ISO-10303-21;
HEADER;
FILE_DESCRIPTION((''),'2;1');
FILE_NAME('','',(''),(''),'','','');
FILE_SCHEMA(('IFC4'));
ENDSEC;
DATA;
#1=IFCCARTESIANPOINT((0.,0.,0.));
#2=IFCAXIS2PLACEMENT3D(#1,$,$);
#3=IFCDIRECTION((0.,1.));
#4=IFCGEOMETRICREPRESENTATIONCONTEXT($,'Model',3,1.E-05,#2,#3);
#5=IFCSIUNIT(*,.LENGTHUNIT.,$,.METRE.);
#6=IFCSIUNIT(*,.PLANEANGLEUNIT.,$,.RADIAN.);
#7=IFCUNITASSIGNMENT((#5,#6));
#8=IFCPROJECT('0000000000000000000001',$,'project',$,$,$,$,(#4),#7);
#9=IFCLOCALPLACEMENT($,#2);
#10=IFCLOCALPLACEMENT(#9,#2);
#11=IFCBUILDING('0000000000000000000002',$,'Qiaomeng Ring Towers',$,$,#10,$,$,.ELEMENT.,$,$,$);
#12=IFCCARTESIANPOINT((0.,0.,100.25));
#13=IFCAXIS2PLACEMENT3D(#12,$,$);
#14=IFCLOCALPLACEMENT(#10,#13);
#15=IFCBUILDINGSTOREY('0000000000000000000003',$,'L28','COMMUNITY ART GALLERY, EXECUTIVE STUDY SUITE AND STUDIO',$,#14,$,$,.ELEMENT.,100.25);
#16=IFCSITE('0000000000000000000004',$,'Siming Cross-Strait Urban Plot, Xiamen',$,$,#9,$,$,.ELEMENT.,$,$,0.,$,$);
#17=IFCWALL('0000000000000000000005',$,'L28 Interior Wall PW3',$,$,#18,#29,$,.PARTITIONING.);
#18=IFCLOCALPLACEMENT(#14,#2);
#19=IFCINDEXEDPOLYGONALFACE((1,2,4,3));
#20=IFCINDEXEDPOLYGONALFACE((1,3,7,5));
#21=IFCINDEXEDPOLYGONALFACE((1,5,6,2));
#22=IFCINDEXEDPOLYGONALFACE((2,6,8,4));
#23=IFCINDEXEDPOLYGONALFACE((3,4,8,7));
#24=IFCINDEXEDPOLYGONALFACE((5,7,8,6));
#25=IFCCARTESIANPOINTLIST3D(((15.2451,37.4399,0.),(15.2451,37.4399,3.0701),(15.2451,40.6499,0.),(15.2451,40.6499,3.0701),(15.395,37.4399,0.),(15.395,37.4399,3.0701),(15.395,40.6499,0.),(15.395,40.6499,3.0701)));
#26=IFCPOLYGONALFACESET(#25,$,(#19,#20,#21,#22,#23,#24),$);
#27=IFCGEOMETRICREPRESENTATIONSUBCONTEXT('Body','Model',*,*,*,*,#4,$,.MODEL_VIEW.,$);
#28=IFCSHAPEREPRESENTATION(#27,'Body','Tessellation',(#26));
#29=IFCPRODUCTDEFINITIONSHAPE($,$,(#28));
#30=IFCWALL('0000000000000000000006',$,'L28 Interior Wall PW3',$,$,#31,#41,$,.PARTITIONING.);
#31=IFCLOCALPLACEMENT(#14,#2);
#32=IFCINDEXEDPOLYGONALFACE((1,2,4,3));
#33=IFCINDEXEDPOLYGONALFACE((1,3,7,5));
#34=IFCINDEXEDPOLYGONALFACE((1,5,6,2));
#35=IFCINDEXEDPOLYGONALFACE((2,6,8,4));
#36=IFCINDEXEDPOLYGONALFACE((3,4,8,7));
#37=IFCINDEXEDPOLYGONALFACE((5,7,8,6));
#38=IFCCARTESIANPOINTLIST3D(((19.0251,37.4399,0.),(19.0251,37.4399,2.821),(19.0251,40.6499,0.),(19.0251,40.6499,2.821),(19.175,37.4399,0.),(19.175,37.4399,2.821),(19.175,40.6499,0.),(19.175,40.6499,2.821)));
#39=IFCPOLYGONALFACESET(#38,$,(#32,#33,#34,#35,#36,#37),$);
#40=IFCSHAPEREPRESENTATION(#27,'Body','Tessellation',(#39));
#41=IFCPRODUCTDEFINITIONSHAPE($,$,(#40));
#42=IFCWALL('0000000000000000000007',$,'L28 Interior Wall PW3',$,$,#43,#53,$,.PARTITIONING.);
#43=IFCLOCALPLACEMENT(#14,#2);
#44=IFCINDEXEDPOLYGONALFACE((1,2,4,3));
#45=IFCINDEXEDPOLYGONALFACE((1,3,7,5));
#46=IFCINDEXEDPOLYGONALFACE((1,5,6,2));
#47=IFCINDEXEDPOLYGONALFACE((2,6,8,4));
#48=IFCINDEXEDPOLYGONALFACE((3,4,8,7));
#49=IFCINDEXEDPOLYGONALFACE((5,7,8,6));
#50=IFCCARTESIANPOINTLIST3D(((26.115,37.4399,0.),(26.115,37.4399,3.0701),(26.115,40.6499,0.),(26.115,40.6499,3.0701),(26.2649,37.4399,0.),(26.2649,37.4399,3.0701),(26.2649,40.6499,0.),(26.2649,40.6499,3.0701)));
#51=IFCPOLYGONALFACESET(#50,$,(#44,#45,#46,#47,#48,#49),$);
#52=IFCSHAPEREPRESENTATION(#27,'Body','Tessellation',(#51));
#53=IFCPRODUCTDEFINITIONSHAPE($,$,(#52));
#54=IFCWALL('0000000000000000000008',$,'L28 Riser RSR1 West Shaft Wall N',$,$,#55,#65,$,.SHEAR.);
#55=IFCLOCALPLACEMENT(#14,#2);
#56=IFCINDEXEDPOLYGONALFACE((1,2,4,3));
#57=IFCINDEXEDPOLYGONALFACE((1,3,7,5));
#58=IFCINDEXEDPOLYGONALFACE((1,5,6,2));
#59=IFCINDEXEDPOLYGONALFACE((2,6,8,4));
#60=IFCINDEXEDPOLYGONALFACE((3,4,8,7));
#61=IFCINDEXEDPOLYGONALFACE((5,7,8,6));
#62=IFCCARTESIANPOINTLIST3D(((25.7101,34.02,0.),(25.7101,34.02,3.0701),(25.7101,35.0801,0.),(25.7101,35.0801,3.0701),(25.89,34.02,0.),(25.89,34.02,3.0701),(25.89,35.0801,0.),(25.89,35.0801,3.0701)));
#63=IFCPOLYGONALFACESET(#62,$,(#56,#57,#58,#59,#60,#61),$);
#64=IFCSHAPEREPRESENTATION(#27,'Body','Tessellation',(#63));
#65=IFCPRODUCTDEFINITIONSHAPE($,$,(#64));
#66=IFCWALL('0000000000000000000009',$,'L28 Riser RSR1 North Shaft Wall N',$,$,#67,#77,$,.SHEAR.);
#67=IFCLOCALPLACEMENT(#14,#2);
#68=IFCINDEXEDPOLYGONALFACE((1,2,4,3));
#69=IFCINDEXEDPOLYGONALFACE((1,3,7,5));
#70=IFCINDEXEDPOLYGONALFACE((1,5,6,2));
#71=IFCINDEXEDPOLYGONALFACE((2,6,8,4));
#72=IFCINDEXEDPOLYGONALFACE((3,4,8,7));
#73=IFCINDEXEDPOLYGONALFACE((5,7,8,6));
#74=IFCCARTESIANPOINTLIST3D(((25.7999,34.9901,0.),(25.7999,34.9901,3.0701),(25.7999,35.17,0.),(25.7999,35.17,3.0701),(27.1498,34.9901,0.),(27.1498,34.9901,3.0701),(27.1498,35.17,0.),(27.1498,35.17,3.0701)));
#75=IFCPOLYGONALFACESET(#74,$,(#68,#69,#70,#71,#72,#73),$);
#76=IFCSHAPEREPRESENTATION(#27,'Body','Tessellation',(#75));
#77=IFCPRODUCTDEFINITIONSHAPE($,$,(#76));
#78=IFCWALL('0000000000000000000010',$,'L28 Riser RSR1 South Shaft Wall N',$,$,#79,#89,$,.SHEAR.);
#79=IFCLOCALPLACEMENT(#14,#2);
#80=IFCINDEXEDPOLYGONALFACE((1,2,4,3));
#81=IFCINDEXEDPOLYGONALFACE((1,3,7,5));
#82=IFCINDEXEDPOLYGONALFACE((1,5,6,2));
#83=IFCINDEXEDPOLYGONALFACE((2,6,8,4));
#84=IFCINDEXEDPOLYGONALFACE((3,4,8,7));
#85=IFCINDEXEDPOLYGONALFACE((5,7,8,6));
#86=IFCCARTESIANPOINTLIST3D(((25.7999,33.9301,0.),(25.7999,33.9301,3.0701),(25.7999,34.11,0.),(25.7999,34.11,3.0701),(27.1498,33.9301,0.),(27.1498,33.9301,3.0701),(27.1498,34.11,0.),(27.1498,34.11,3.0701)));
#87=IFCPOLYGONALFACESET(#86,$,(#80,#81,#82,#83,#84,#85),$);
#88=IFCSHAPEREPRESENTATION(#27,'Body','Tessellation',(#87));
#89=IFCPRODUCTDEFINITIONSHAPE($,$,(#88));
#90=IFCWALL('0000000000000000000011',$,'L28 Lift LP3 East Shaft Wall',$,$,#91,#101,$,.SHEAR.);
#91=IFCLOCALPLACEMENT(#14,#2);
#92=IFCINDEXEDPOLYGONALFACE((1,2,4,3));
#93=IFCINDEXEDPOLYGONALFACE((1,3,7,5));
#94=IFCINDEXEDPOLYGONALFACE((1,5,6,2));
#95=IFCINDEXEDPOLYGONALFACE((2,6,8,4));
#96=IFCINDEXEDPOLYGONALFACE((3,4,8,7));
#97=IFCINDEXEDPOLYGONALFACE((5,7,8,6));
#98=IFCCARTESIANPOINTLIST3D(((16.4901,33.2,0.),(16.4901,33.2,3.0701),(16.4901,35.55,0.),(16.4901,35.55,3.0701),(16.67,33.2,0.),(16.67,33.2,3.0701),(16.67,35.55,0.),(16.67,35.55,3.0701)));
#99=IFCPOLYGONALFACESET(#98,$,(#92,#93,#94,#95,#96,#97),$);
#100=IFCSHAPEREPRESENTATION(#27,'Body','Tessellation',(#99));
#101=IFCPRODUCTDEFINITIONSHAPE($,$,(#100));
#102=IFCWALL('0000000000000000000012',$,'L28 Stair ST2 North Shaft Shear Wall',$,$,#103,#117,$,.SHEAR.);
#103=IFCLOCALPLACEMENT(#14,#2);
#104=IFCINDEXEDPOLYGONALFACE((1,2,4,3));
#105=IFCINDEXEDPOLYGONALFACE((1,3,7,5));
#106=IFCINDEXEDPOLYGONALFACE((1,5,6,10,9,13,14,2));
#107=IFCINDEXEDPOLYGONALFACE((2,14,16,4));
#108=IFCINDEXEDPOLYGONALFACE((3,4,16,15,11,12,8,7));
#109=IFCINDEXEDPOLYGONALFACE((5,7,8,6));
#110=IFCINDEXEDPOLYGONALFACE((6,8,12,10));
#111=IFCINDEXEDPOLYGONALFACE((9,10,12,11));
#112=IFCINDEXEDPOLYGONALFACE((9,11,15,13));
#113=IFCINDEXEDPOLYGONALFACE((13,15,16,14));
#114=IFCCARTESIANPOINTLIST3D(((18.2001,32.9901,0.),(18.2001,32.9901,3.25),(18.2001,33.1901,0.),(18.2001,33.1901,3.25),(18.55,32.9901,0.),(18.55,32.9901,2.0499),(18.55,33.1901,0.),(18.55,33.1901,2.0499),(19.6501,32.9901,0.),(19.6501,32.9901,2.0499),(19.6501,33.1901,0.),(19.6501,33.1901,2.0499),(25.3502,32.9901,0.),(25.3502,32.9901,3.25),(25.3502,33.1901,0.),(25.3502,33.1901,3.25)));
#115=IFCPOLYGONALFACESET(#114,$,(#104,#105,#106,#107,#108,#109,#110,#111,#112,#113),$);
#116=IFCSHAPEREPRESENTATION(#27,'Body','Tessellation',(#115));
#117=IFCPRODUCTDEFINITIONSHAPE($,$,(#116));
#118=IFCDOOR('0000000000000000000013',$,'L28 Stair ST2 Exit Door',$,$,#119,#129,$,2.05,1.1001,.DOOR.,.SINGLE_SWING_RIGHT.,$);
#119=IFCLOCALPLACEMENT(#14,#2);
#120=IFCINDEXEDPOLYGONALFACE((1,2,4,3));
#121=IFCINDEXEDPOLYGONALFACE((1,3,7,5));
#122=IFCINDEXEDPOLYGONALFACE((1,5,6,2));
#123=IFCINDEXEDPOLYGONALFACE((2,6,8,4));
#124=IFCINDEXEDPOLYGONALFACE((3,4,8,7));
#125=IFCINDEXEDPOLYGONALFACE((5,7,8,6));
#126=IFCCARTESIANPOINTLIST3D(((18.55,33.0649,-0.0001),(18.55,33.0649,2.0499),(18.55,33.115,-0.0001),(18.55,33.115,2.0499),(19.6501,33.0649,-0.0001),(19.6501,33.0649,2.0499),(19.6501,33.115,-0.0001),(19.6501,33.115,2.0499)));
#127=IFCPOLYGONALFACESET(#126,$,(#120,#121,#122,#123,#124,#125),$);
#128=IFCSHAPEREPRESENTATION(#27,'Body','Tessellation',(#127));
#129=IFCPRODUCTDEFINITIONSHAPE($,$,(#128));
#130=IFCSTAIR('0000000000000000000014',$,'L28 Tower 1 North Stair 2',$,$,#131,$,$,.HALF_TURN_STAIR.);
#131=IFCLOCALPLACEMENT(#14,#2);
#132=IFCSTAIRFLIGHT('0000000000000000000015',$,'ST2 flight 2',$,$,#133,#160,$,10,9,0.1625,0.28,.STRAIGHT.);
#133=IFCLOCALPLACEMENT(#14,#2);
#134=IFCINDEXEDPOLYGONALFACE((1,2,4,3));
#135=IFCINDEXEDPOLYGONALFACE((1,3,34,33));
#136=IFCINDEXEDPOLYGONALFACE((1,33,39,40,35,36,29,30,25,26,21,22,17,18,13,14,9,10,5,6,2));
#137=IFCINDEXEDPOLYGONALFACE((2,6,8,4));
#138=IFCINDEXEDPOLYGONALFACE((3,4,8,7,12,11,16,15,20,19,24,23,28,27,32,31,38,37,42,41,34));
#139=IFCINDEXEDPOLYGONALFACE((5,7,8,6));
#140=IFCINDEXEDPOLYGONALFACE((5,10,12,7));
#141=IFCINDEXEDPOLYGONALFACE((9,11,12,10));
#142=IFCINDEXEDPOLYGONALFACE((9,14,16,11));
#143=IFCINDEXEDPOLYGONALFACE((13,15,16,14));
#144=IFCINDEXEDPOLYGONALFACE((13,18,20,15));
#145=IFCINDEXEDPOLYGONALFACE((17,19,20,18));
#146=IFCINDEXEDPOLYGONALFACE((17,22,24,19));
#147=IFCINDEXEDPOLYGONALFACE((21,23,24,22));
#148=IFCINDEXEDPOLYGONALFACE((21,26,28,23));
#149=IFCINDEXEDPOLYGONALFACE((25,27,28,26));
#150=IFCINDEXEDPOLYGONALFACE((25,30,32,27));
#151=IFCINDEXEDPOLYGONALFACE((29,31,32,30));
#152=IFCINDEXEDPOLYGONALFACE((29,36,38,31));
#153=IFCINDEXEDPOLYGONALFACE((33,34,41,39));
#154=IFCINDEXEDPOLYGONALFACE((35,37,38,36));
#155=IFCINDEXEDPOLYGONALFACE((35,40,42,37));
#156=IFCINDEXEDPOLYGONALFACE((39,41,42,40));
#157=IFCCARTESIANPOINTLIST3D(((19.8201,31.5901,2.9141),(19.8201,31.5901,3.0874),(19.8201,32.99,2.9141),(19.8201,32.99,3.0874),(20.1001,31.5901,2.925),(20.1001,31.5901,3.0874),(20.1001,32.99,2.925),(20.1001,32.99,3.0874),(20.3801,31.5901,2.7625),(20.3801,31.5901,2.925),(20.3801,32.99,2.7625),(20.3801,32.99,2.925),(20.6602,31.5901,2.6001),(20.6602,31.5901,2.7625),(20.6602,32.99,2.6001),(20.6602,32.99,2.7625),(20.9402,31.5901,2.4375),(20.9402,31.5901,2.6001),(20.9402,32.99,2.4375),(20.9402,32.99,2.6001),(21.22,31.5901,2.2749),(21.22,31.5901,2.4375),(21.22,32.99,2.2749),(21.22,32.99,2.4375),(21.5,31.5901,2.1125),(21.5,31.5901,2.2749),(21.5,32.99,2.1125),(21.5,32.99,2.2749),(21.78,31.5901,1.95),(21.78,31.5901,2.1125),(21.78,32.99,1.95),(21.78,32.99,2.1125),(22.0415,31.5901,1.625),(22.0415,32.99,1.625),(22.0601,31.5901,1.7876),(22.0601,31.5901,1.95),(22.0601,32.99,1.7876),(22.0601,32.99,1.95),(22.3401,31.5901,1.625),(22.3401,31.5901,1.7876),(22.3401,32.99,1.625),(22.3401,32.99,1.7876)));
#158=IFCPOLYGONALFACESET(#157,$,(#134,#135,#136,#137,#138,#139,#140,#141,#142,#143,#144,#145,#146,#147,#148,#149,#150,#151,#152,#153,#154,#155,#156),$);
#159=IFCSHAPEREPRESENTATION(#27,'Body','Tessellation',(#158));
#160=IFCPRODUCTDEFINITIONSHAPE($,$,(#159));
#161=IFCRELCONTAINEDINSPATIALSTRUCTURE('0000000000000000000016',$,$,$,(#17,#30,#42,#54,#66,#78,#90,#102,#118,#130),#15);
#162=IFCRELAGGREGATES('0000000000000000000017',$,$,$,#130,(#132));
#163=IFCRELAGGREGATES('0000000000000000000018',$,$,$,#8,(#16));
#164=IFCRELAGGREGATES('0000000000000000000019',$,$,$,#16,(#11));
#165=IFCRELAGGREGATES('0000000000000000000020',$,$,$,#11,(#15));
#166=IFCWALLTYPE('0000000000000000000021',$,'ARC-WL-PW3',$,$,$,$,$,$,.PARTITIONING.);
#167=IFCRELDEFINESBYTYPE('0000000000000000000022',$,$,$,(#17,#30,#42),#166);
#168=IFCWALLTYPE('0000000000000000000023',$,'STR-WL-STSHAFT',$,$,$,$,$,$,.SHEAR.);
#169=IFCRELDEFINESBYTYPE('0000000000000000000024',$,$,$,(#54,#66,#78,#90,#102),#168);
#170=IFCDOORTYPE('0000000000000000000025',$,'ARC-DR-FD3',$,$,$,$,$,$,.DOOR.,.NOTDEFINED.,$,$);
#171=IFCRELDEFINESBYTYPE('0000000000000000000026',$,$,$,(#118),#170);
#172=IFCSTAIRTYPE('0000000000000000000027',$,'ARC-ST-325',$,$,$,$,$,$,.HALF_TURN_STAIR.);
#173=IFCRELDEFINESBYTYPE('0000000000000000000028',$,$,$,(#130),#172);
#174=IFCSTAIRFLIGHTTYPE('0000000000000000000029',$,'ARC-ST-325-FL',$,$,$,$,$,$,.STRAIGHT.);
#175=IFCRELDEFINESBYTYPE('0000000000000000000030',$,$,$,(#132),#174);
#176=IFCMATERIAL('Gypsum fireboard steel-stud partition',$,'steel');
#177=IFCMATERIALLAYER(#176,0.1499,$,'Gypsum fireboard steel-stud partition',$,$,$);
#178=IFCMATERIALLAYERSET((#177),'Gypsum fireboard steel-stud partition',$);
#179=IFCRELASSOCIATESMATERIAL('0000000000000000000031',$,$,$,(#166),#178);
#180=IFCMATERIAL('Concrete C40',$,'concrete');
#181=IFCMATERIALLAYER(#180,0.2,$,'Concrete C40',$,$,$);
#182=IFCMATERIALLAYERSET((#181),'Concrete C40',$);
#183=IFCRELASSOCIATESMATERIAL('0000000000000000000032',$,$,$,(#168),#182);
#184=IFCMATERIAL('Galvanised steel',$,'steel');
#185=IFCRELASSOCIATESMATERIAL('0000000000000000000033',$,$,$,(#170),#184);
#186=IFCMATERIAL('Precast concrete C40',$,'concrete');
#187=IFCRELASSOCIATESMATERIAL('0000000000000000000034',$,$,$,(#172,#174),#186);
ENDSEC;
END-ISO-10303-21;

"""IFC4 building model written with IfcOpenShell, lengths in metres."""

from ifc_helpers import new_model, si_unit, direction, frame, frame_2d, origin, place, context, subcontext, project, spatial, polyline, rectangle, outline, extrude, source, transform, mapped, material, layer, layer_set, type_object, element, fill, aggregate, save


model = new_model("IFC4")

# Units and contexts
model_context = context("Model", 3, precision=1e-05, world=origin(), true_north=direction((0.0, 1.0)))
body_context = subcontext(model_context, "Body", "Model", "MODEL_VIEW")
ifc_project = project(units=[si_unit("LENGTHUNIT", "METRE"), si_unit("PLANEANGLEUNIT", "RADIAN")], contexts=[model_context])

# Site, building, storey
site_placement = place(None, origin())
site = spatial("IfcSite", under=ifc_project, at=site_placement, Name="Siming Cross-Strait Urban Plot, Xiamen", CompositionType="ELEMENT", RefElevation=0.0)
building_placement = place(site_placement, origin())
building = spatial("IfcBuilding", under=site, at=building_placement, Name="Qiaomeng Ring Towers", CompositionType="ELEMENT")
storey_placement = place(building_placement, frame((0.0, 0.0, 100.25)))
storey = spatial("IfcBuildingStorey", under=building, at=storey_placement, Name="L28", Description="COMMUNITY ART GALLERY, EXECUTIVE STUDY SUITE AND STUDIO", CompositionType="ELEMENT", Elevation=100.25)

# Walls
ifc_material_1 = material(Name="Gypsum fireboard steel-stud partition", Category="steel")
ifc_layer_1 = layer(ifc_material_1, 0.1499, Name="Gypsum fireboard steel-stud partition")
ifc_layer_set_1 = layer_set([ifc_layer_1], Name="Gypsum fireboard steel-stud partition")
wall_type_1 = type_object("IfcWallType", Name="ARC-WL-PW3", PredefinedType="PARTITIONING", material=ifc_layer_set_1)
wall_1_placement = place(storey_placement, frame((15.3201, 37.4399, 0.0), z_axis=(0.0, 0.0, 1.0), x_axis=(0.0, 1.0, 0.0)))
element("IfcWall", 1, at=wall_1_placement, inside=storey, type_object=wall_type_1, Name="L28 Interior Wall PW3", PredefinedType="PARTITIONING", context=body_context, shape_type="SweptSolid", body=[
    extrude(rectangle(XDim=3.21, YDim=0.1499, at=frame_2d((1.605, 0.0))), origin(), (0.0, 0.0, 1.0), 3.0701),
])
wall_2_placement = place(storey_placement, frame((19.1001, 37.4399, 0.0), z_axis=(0.0, 0.0, 1.0), x_axis=(0.0, 1.0, 0.0)))
element("IfcWall", 2, at=wall_2_placement, inside=storey, type_object=wall_type_1, Name="L28 Interior Wall PW3", PredefinedType="PARTITIONING", context=body_context, shape_type="SweptSolid", body=[
    extrude(rectangle(XDim=3.21, YDim=0.1499, at=frame_2d((1.605, 0.0))), origin(), (0.0, 0.0, 1.0), 2.821),
])
wall_3_placement = place(storey_placement, frame((26.1899, 37.4399, 0.0), z_axis=(0.0, 0.0, 1.0), x_axis=(0.0, 1.0, 0.0)))
element("IfcWall", 3, at=wall_3_placement, inside=storey, type_object=wall_type_1, Name="L28 Interior Wall PW3", PredefinedType="PARTITIONING", context=body_context, shape_type="SweptSolid", body=[
    extrude(rectangle(XDim=3.21, YDim=0.1499, at=frame_2d((1.605, 0.0))), origin(), (0.0, 0.0, 1.0), 3.0701),
])
ifc_material_2 = material(Name="Concrete C40", Category="concrete")
ifc_layer_2 = layer(ifc_material_2, 0.2, Name="Concrete C40")
ifc_layer_set_2 = layer_set([ifc_layer_2], Name="Concrete C40")
wall_type_2 = type_object("IfcWallType", Name="STR-WL-STSHAFT", PredefinedType="SHEAR", material=ifc_layer_set_2)
wall_4_placement = place(storey_placement, frame((25.8, 34.02, 0.0), z_axis=(0.0, 0.0, 1.0), x_axis=(0.0, 1.0, 0.0)))
element("IfcWall", 4, at=wall_4_placement, inside=storey, type_object=wall_type_2, Name="L28 Riser RSR1 West Shaft Wall N", PredefinedType="SHEAR", context=body_context, shape_type="SweptSolid", body=[
    extrude(rectangle(XDim=1.0601, YDim=0.1799, at=frame_2d((0.53, 0.0))), origin(), (0.0, 0.0, 1.0), 3.0701),
])
for number, where, z_axis, x_axis, name in (
    (5, (25.8, 35.0801, 0.0), (0.0, 0.0, 1.0), (1.0, 0.0, 0.0), "L28 Riser RSR1 North Shaft Wall N"),
    (6, (25.8, 34.02, 0.0), (0.0, 0.0, 1.0), (1.0, 0.0, 0.0), "L28 Riser RSR1 South Shaft Wall N"),
):
    element("IfcWall", number, at=place(storey_placement, frame(where, z_axis=z_axis, x_axis=x_axis)), inside=storey, type_object=wall_type_2, Name=name, PredefinedType="SHEAR", context=body_context, shape_type="SweptSolid", body=[
        extrude(rectangle(XDim=1.3499, YDim=0.1799, at=frame_2d((0.6748, 0.0))), origin(), (0.0, 0.0, 1.0), 3.0701),
    ])
wall_5_placement = place(storey_placement, frame((16.5801, 33.2, 0.0), z_axis=(0.0, 0.0, 1.0), x_axis=(0.0, 1.0, 0.0)))
element("IfcWall", 7, at=wall_5_placement, inside=storey, type_object=wall_type_2, Name="L28 Lift LP3 East Shaft Wall", PredefinedType="SHEAR", context=body_context, shape_type="SweptSolid", body=[
    extrude(rectangle(XDim=2.3501, YDim=0.1799, at=frame_2d((1.175, 0.0))), origin(), (0.0, 0.0, 1.0), 3.0701),
])

# Wall, opening, door
wall_6_placement = place(storey_placement, frame((18.2, 33.0901, 0.0), z_axis=(0.0, 0.0, 1.0), x_axis=(1.0, 0.0, 0.0)))
wall_6 = element("IfcWall", 8, at=wall_6_placement, inside=storey, type_object=wall_type_2, Name="L28 Stair ST2 North Shaft Shear Wall", PredefinedType="SHEAR", context=body_context, shape_type="SweptSolid", body=[
    extrude(rectangle(XDim=7.1501, YDim=0.2, at=frame_2d((3.5752, 0.0))), origin(), (0.0, 0.0, 1.0), 3.25),
])
opening_placement = place(wall_6_placement, frame((0.3501, 0.0, 0.0)))
opening = element("IfcOpeningElement", 9, at=opening_placement, cuts=wall_6, PredefinedType="OPENING", context=body_context, shape_type="SweptSolid", body=[
    extrude(rectangle(XDim=1.1001, YDim=2.05, at=frame_2d((0.55, 1.0249))), frame((0.0, 0.1099, 0.0), z_axis=(0.0, -1.0, 0.0), x_axis=(1.0, 0.0, 0.0)), (0.0, 0.0, 1.0), 0.22),
])
ifc_material_3 = material(Name="Galvanised steel", Category="steel")
door_type = type_object("IfcDoorType", Name="ARC-DR-FD3", OperationType="NOTDEFINED", PredefinedType="DOOR", material=ifc_material_3)
shared_shape_1 = source(origin(), body_context, "Body", "SweptSolid", [
    extrude(rectangle(XDim=1.1001, YDim=2.05, at=frame_2d((0.55, 1.0249))), frame((0.0, 0.0249, 0.0), z_axis=(0.0, -1.0, 0.0), x_axis=(1.0, 0.0, 0.0)), (0.0, 0.0, 1.0), 0.05),
])
door_placement = place(opening_placement, origin())
door = element("IfcDoor", 10, at=door_placement, inside=storey, type_object=door_type, Name="L28 Stair ST2 Exit Door", OperationType="SINGLE_SWING_RIGHT", OverallHeight=2.05, OverallWidth=1.1001, PredefinedType="DOOR", context=body_context, shape_type="MappedRepresentation", body=[
    mapped(shared_shape_1, transform((0.0, 0.0, 0.0), x_axis=(1.0, 0.0, 0.0), y_axis=(0.0, 1.0, 0.0), z_axis=(0.0, 0.0, 1.0), scale=1.0)),
])
fill(opening, door)

# Stair, stair flight
ifc_material_4 = material(Name="Precast concrete C40", Category="concrete")
stair_type = type_object("IfcStairType", Name="ARC-ST-325", PredefinedType="HALF_TURN_STAIR", material=ifc_material_4)
stair_placement = place(storey_placement, origin())
stair = element("IfcStair", 11, at=stair_placement, inside=storey, type_object=stair_type, Name="L28 Tower 1 North Stair 2", PredefinedType="HALF_TURN_STAIR")
stair_flight_type = type_object("IfcStairFlightType", Name="ARC-ST-325-FL", PredefinedType="STRAIGHT", material=ifc_material_4)
shared_shape_2 = source(origin(), body_context, "Body", "SweptSolid", [
    extrude(outline(polyline([(0.0, 0.0), (0.0, 0.1626), (0.28, 0.1626), (0.28, 0.325), (0.5601, 0.325), (0.5601, 0.4875), (0.8401, 0.4875), (0.8401, 0.6499), (1.1201, 0.6499), (1.1201, 0.8125), (1.3999, 0.8125), (1.3999, 0.9751), (1.6799, 0.9751), (1.6799, 1.1375), (1.96, 1.1375), (1.96, 1.3), (2.24, 1.3), (2.24, 1.4624), (2.52, 1.4624), (2.52, 1.625), (2.52, 1.2891), (0.2986, 0.0), (0.0, 0.0)])), frame((0.0, 0.7, 0.0), z_axis=(0.0, -1.0, 0.0), x_axis=(1.0, 0.0, 0.0)), (0.0, 0.0, 1.0), 1.3999),
])
stair_flight_placement = place(storey_placement, frame((22.3401, 32.29, 1.625), z_axis=(0.0, 0.0, 1.0), x_axis=(-1.0, 0.0, 0.0)))
stair_flight = element("IfcStairFlight", 12, at=stair_flight_placement, type_object=stair_flight_type, Name="ST2 flight 2", NumberOfRisers=10, NumberOfTreads=9, PredefinedType="STRAIGHT", RiserHeight=0.1625, TreadLength=0.28, context=body_context, shape_type="MappedRepresentation", body=[
    mapped(shared_shape_2, transform((0.0, 0.0, 0.0), x_axis=(1.0, 0.0, 0.0), y_axis=(0.0, 1.0, 0.0), z_axis=(0.0, 0.0, 1.0), scale=1.0)),
])
aggregate(stair, [stair_flight])

save(model, "model.ifc")
